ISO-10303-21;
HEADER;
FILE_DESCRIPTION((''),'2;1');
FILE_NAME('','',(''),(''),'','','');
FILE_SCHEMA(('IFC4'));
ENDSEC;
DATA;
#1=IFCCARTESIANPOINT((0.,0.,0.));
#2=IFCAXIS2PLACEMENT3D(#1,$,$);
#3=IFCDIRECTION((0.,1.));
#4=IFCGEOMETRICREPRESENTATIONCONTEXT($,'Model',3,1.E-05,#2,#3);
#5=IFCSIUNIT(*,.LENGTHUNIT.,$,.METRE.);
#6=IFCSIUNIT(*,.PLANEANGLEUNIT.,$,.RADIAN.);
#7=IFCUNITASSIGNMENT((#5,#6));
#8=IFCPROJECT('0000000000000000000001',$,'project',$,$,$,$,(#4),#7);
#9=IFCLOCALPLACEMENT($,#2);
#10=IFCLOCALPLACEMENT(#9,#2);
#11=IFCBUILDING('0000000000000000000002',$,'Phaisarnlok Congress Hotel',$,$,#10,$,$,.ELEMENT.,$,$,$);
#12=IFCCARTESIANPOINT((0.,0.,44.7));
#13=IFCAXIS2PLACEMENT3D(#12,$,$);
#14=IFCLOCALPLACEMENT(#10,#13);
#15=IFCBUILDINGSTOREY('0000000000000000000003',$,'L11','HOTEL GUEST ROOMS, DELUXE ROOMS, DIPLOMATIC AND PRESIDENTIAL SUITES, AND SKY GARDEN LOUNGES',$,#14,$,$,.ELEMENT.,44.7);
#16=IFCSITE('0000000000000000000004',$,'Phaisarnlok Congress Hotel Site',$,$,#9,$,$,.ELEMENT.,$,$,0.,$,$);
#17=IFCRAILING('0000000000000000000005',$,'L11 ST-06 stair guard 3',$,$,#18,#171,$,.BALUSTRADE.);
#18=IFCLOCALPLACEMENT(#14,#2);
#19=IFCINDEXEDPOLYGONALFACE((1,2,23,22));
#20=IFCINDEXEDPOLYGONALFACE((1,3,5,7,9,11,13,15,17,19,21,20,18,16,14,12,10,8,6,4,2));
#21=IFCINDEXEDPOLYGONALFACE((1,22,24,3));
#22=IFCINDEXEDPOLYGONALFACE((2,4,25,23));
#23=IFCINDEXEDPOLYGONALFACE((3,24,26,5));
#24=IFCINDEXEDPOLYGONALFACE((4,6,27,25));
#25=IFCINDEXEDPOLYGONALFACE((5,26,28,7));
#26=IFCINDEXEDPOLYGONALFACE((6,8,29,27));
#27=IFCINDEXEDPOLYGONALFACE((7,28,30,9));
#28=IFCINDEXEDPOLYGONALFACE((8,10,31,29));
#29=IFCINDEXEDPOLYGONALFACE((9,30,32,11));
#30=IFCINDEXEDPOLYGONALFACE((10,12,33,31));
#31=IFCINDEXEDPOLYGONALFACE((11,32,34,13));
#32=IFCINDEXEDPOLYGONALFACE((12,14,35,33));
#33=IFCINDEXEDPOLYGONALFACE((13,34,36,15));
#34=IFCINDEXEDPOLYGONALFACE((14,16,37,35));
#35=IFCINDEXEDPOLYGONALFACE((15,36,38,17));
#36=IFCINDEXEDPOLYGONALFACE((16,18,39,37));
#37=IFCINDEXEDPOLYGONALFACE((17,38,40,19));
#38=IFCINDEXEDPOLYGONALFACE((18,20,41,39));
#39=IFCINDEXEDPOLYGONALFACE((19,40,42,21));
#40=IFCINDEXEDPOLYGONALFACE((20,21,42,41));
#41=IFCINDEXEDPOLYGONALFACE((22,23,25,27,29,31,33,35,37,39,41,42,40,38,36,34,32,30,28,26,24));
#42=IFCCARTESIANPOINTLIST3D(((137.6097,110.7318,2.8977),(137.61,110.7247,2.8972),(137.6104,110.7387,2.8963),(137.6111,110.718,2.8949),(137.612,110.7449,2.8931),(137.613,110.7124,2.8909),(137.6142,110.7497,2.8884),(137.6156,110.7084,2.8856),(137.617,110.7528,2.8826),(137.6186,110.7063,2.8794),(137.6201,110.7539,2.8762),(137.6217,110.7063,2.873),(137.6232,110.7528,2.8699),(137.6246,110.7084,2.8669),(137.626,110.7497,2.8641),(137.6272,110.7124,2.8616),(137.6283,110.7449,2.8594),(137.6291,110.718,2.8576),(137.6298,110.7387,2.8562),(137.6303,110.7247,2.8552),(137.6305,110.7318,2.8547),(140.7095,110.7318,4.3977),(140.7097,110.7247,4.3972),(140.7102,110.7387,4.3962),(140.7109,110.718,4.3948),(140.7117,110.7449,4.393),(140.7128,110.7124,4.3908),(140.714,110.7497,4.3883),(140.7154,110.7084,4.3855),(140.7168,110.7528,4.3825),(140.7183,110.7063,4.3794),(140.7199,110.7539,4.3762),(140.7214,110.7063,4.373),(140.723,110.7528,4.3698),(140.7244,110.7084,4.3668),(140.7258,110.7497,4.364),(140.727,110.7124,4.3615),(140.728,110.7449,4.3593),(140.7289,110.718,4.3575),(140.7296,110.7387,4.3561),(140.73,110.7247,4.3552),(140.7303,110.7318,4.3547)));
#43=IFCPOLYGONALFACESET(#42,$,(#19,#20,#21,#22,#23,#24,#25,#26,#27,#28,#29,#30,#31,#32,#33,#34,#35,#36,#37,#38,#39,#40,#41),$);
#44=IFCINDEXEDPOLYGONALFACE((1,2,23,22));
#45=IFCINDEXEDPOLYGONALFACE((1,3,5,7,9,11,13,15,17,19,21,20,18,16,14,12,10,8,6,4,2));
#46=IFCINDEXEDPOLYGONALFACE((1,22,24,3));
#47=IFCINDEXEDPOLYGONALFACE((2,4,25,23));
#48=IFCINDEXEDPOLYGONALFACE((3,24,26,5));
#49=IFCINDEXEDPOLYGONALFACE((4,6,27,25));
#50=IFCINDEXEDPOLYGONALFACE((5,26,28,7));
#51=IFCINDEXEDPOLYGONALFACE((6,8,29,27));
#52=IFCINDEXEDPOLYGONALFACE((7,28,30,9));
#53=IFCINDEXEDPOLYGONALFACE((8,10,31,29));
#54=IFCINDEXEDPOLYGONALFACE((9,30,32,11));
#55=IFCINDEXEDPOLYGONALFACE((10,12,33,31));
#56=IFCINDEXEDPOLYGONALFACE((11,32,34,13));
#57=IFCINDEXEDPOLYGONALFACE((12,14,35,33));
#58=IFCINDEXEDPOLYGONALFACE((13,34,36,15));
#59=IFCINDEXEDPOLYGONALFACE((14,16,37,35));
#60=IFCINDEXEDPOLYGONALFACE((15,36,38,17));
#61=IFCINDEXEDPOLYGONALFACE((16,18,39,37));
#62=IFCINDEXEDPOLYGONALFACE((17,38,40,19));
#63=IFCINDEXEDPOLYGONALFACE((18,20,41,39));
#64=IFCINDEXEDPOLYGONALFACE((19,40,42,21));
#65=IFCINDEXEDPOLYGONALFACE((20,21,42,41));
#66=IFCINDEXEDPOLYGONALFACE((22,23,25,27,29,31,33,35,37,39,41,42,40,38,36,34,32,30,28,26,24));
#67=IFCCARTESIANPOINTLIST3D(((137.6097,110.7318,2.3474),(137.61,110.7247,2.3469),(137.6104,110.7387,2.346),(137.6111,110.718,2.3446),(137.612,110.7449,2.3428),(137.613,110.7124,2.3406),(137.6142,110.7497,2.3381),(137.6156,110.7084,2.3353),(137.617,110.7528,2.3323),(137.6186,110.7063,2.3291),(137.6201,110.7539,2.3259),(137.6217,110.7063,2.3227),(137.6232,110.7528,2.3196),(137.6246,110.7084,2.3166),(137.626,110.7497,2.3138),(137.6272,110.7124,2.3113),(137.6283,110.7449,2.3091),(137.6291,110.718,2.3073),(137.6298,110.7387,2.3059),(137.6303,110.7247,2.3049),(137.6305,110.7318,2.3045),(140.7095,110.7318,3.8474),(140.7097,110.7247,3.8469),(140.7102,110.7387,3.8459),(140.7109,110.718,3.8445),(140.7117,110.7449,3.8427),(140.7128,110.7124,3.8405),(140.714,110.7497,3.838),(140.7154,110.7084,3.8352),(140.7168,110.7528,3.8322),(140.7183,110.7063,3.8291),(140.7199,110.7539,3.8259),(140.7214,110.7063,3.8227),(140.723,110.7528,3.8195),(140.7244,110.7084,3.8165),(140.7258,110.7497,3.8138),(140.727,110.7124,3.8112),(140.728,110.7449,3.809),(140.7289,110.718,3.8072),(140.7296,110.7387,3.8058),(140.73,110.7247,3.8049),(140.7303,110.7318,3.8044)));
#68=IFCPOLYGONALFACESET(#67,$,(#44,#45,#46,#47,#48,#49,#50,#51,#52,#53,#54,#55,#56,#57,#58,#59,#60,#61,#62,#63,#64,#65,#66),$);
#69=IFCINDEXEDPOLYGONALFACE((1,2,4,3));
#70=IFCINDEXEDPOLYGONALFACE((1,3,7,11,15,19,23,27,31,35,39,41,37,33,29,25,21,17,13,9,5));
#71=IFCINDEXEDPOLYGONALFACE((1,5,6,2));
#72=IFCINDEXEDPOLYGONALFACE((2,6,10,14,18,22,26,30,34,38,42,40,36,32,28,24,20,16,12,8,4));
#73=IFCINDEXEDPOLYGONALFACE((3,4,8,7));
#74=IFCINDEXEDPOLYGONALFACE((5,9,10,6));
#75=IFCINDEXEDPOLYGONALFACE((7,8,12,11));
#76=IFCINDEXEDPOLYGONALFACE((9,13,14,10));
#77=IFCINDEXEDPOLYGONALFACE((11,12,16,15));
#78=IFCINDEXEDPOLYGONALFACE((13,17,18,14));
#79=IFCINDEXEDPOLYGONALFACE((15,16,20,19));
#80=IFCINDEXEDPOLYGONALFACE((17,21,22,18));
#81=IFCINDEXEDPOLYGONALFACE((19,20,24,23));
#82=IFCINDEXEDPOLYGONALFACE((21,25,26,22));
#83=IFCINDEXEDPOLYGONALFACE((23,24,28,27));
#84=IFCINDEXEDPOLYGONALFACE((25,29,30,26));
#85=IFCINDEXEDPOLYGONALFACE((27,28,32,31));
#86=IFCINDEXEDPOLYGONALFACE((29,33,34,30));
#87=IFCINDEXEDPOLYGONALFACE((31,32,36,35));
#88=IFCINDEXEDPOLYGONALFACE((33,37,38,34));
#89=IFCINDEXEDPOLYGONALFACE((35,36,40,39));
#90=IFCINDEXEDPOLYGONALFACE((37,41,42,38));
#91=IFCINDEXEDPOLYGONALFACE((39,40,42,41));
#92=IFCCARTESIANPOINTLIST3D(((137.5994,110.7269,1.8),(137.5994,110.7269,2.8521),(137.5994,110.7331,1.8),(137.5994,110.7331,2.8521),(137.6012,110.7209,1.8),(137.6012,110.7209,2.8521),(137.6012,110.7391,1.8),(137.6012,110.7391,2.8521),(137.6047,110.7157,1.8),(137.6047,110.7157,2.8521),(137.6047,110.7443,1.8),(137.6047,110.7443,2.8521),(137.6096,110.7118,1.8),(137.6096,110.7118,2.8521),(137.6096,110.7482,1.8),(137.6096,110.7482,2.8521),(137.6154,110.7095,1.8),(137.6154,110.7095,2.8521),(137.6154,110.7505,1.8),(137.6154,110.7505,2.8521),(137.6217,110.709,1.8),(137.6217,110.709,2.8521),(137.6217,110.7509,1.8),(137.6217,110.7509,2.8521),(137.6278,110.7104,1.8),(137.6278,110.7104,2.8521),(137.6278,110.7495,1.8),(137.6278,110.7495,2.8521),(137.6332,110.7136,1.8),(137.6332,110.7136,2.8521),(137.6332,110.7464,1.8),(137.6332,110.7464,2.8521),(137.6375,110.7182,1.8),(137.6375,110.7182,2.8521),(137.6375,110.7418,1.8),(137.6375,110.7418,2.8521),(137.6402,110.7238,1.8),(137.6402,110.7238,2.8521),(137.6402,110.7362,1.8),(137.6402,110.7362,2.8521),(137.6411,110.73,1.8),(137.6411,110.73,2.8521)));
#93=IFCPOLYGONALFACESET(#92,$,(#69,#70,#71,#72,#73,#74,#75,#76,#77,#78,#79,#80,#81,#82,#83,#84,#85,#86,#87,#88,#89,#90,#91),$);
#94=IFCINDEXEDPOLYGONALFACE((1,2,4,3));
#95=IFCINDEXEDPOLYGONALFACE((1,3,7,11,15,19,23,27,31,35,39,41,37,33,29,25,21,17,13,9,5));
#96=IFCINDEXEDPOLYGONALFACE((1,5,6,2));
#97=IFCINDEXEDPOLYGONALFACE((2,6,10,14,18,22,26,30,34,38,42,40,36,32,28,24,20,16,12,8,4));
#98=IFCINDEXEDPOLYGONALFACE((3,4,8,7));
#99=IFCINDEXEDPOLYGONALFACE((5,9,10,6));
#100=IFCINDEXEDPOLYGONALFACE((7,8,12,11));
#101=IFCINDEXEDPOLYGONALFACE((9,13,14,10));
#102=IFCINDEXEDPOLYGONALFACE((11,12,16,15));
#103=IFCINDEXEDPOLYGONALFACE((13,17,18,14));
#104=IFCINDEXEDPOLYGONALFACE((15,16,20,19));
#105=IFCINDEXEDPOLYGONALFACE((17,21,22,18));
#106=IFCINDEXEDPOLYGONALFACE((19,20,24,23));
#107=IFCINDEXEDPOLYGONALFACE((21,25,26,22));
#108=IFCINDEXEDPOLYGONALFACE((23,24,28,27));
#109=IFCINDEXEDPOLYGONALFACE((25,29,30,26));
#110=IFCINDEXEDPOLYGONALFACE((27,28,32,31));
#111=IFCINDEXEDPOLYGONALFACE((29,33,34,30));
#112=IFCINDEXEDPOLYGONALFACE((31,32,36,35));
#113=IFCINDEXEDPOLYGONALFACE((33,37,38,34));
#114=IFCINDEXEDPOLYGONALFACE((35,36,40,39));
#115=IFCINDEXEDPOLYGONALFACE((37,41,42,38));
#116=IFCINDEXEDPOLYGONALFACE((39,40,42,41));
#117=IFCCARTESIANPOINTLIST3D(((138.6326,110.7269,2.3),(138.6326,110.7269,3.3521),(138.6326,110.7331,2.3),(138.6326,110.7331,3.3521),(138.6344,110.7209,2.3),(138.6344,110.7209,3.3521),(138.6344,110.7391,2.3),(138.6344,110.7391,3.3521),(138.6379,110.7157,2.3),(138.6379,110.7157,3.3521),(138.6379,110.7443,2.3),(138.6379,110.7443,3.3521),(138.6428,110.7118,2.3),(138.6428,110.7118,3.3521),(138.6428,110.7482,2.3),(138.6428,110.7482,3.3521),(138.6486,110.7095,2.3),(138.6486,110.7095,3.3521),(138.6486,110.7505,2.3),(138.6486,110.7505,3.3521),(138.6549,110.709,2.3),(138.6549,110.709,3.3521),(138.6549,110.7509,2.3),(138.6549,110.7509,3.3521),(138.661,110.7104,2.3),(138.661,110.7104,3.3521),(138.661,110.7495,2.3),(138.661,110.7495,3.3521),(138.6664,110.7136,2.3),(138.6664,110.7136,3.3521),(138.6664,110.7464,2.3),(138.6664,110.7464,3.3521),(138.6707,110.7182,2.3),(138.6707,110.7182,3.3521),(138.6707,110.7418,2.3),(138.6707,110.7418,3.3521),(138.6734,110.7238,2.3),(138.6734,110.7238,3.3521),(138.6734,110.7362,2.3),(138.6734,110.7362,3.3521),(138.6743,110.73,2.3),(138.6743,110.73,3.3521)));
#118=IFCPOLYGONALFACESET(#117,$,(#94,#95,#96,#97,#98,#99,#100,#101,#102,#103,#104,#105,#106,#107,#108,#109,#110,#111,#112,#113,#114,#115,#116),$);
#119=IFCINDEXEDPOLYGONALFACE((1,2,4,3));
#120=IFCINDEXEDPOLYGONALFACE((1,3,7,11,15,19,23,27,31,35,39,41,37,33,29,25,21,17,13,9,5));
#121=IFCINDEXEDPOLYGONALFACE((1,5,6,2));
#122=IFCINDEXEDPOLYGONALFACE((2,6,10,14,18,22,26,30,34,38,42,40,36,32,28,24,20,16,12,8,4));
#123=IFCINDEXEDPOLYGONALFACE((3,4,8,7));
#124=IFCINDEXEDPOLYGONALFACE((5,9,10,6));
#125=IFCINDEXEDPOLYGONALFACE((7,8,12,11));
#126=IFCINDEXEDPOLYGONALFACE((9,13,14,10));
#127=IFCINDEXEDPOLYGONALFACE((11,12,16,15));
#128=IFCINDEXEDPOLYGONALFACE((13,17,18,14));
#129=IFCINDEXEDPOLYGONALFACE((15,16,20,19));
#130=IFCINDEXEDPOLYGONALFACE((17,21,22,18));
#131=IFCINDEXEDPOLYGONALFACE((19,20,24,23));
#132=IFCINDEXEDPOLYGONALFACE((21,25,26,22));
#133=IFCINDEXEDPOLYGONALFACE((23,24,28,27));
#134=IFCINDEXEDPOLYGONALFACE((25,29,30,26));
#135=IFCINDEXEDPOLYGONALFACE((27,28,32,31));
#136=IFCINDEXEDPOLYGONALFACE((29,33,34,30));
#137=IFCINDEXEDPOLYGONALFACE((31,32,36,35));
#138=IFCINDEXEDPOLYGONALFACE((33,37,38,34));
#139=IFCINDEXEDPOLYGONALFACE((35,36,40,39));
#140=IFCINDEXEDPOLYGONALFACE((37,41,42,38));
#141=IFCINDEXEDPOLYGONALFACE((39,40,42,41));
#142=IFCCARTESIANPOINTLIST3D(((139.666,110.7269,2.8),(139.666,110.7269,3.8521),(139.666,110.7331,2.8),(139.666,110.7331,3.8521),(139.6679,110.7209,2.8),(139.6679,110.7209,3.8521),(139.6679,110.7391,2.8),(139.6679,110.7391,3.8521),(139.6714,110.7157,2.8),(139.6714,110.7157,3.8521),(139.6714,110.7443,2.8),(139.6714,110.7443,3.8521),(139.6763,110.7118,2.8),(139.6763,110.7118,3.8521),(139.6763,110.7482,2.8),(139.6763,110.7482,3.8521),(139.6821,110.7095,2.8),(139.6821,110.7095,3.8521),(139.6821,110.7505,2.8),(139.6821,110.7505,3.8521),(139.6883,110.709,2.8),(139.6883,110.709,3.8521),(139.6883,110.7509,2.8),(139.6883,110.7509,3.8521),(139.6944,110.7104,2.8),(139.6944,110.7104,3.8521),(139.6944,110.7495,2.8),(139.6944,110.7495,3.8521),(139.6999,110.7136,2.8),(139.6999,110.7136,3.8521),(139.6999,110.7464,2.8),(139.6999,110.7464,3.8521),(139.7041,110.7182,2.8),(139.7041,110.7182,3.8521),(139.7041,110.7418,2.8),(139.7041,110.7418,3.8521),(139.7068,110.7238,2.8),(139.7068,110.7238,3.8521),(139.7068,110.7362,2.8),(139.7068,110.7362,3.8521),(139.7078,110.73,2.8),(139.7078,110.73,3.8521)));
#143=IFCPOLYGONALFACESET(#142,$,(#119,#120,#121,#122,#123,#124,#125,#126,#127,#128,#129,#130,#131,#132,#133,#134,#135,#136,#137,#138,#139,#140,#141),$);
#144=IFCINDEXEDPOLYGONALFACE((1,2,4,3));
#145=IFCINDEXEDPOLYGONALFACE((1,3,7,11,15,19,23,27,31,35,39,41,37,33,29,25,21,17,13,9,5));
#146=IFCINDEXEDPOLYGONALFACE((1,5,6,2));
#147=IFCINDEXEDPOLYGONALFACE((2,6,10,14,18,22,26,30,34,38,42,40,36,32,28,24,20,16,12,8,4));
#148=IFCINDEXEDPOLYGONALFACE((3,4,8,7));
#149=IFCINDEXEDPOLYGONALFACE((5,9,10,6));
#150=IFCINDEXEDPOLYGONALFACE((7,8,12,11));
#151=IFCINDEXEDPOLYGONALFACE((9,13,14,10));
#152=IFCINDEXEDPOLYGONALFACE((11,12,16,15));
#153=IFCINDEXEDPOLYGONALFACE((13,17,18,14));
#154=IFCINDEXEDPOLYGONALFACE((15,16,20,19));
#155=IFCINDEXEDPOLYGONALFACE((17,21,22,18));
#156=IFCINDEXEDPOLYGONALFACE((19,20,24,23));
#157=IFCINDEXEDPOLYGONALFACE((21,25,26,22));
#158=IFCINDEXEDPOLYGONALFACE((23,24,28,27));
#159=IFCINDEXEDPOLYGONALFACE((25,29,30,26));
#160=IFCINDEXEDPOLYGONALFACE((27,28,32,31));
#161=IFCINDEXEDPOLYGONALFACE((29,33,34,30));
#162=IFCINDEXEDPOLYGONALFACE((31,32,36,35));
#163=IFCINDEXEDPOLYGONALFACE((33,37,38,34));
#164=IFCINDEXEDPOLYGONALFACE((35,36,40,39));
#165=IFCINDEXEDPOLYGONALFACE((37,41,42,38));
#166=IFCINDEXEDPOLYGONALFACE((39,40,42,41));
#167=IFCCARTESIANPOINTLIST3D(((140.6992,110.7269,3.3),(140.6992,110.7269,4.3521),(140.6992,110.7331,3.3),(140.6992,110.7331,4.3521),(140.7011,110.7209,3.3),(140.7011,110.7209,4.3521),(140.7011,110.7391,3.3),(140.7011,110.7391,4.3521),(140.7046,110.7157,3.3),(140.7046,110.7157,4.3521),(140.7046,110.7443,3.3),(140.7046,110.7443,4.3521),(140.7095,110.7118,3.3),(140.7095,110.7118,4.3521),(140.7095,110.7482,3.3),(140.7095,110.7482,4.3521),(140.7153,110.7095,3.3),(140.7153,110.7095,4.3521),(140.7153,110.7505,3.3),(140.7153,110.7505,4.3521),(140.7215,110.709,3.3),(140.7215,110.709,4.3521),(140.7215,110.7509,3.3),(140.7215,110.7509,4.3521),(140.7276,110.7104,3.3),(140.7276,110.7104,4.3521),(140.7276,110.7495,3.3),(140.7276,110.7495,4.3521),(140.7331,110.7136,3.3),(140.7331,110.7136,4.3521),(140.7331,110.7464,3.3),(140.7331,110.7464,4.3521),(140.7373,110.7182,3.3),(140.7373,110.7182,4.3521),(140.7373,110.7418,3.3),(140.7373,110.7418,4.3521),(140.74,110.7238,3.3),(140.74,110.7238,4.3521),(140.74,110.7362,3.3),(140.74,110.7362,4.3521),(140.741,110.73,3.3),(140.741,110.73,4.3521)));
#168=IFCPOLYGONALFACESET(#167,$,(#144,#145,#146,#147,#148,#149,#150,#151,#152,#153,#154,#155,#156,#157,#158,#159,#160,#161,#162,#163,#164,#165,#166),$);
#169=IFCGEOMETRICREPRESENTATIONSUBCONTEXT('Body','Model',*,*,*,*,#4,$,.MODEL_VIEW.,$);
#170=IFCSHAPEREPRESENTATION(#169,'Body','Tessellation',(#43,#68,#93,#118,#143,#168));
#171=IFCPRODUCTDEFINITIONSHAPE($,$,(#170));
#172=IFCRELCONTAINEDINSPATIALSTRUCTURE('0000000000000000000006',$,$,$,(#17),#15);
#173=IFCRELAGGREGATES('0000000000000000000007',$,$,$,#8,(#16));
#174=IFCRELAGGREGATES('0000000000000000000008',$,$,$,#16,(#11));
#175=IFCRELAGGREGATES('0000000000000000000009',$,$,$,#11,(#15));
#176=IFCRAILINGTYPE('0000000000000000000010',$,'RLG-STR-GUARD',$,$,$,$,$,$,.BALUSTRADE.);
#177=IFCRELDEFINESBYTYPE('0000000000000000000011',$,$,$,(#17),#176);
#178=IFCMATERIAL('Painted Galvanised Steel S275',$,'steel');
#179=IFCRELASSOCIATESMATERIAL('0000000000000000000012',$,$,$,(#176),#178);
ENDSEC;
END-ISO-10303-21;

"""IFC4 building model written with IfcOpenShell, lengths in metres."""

from ifc_helpers import new_model, si_unit, direction, frame, origin, origin_2d, place, context, subcontext, project, spatial, circle, extrude, material, type_object, element, save


model = new_model("IFC4")

# Units and contexts
model_context = context("Model", 3, precision=1e-05, world=origin(), true_north=direction((0.0, 1.0)))
body_context = subcontext(model_context, "Body", "Model", "MODEL_VIEW")
ifc_project = project(units=[si_unit("LENGTHUNIT", "METRE"), si_unit("PLANEANGLEUNIT", "RADIAN")], contexts=[model_context])

# Site, building, storey
site_placement = place(None, origin())
site = spatial("IfcSite", under=ifc_project, at=site_placement, Name="Phaisarnlok Congress Hotel Site", CompositionType="ELEMENT", RefElevation=0.0)
building_placement = place(site_placement, origin())
building = spatial("IfcBuilding", under=site, at=building_placement, Name="Phaisarnlok Congress Hotel", CompositionType="ELEMENT")
storey_placement = place(building_placement, frame((0.0, 0.0, 44.7)))
storey = spatial("IfcBuildingStorey", under=building, at=storey_placement, Name="L11", Description="HOTEL GUEST ROOMS, DELUXE ROOMS, DIPLOMATIC AND PRESIDENTIAL SUITES, AND SKY GARDEN LOUNGES", CompositionType="ELEMENT", Elevation=44.7)

# Railing
ifc_material_1 = material(Name="Painted Galvanised Steel S275", Category="steel")
railing_type_1 = type_object("IfcRailingType", Name="RLG-STR-GUARD", PredefinedType="BALUSTRADE", material=ifc_material_1)
railing_1_placement = place(storey_placement, frame((137.6201, 110.73, 1.8)))
element("IfcRailing", 1, at=railing_1_placement, inside=storey, type_object=railing_type_1, Name="L11 ST-06 stair guard 3", PredefinedType="BALUSTRADE", context=body_context, shape_type="SweptSolid", body=[
    extrude(circle(Radius=0.0239, at=origin_2d()), frame((0.0, 0.0, 1.0762), z_axis=(0.900151, 0.0, 0.435578), x_axis=(0.0, 1.0, 0.0)), (0.0, 0.0, 1.0), 3.4436),
    extrude(circle(Radius=0.0239, at=origin_2d()), frame((0.0, 0.0, 0.5259), z_axis=(0.900151, 0.0, 0.435578), x_axis=(0.0, 1.0, 0.0)), (0.0, 0.0, 1.0), 3.4436),
    extrude(circle(Radius=0.021, at=origin_2d()), origin(), (0.0, 0.0, 1.0), 1.052),
    extrude(circle(Radius=0.021, at=origin_2d()), frame((1.0332, 0.0, 0.5)), (0.0, 0.0, 1.0), 1.052),
    extrude(circle(Radius=0.021, at=origin_2d()), frame((2.0667, 0.0, 1.0)), (0.0, 0.0, 1.0), 1.052),
    extrude(circle(Radius=0.021, at=origin_2d()), frame((3.0999, 0.0, 1.5)), (0.0, 0.0, 1.0), 1.052),
])

save(model, "model.ifc")
